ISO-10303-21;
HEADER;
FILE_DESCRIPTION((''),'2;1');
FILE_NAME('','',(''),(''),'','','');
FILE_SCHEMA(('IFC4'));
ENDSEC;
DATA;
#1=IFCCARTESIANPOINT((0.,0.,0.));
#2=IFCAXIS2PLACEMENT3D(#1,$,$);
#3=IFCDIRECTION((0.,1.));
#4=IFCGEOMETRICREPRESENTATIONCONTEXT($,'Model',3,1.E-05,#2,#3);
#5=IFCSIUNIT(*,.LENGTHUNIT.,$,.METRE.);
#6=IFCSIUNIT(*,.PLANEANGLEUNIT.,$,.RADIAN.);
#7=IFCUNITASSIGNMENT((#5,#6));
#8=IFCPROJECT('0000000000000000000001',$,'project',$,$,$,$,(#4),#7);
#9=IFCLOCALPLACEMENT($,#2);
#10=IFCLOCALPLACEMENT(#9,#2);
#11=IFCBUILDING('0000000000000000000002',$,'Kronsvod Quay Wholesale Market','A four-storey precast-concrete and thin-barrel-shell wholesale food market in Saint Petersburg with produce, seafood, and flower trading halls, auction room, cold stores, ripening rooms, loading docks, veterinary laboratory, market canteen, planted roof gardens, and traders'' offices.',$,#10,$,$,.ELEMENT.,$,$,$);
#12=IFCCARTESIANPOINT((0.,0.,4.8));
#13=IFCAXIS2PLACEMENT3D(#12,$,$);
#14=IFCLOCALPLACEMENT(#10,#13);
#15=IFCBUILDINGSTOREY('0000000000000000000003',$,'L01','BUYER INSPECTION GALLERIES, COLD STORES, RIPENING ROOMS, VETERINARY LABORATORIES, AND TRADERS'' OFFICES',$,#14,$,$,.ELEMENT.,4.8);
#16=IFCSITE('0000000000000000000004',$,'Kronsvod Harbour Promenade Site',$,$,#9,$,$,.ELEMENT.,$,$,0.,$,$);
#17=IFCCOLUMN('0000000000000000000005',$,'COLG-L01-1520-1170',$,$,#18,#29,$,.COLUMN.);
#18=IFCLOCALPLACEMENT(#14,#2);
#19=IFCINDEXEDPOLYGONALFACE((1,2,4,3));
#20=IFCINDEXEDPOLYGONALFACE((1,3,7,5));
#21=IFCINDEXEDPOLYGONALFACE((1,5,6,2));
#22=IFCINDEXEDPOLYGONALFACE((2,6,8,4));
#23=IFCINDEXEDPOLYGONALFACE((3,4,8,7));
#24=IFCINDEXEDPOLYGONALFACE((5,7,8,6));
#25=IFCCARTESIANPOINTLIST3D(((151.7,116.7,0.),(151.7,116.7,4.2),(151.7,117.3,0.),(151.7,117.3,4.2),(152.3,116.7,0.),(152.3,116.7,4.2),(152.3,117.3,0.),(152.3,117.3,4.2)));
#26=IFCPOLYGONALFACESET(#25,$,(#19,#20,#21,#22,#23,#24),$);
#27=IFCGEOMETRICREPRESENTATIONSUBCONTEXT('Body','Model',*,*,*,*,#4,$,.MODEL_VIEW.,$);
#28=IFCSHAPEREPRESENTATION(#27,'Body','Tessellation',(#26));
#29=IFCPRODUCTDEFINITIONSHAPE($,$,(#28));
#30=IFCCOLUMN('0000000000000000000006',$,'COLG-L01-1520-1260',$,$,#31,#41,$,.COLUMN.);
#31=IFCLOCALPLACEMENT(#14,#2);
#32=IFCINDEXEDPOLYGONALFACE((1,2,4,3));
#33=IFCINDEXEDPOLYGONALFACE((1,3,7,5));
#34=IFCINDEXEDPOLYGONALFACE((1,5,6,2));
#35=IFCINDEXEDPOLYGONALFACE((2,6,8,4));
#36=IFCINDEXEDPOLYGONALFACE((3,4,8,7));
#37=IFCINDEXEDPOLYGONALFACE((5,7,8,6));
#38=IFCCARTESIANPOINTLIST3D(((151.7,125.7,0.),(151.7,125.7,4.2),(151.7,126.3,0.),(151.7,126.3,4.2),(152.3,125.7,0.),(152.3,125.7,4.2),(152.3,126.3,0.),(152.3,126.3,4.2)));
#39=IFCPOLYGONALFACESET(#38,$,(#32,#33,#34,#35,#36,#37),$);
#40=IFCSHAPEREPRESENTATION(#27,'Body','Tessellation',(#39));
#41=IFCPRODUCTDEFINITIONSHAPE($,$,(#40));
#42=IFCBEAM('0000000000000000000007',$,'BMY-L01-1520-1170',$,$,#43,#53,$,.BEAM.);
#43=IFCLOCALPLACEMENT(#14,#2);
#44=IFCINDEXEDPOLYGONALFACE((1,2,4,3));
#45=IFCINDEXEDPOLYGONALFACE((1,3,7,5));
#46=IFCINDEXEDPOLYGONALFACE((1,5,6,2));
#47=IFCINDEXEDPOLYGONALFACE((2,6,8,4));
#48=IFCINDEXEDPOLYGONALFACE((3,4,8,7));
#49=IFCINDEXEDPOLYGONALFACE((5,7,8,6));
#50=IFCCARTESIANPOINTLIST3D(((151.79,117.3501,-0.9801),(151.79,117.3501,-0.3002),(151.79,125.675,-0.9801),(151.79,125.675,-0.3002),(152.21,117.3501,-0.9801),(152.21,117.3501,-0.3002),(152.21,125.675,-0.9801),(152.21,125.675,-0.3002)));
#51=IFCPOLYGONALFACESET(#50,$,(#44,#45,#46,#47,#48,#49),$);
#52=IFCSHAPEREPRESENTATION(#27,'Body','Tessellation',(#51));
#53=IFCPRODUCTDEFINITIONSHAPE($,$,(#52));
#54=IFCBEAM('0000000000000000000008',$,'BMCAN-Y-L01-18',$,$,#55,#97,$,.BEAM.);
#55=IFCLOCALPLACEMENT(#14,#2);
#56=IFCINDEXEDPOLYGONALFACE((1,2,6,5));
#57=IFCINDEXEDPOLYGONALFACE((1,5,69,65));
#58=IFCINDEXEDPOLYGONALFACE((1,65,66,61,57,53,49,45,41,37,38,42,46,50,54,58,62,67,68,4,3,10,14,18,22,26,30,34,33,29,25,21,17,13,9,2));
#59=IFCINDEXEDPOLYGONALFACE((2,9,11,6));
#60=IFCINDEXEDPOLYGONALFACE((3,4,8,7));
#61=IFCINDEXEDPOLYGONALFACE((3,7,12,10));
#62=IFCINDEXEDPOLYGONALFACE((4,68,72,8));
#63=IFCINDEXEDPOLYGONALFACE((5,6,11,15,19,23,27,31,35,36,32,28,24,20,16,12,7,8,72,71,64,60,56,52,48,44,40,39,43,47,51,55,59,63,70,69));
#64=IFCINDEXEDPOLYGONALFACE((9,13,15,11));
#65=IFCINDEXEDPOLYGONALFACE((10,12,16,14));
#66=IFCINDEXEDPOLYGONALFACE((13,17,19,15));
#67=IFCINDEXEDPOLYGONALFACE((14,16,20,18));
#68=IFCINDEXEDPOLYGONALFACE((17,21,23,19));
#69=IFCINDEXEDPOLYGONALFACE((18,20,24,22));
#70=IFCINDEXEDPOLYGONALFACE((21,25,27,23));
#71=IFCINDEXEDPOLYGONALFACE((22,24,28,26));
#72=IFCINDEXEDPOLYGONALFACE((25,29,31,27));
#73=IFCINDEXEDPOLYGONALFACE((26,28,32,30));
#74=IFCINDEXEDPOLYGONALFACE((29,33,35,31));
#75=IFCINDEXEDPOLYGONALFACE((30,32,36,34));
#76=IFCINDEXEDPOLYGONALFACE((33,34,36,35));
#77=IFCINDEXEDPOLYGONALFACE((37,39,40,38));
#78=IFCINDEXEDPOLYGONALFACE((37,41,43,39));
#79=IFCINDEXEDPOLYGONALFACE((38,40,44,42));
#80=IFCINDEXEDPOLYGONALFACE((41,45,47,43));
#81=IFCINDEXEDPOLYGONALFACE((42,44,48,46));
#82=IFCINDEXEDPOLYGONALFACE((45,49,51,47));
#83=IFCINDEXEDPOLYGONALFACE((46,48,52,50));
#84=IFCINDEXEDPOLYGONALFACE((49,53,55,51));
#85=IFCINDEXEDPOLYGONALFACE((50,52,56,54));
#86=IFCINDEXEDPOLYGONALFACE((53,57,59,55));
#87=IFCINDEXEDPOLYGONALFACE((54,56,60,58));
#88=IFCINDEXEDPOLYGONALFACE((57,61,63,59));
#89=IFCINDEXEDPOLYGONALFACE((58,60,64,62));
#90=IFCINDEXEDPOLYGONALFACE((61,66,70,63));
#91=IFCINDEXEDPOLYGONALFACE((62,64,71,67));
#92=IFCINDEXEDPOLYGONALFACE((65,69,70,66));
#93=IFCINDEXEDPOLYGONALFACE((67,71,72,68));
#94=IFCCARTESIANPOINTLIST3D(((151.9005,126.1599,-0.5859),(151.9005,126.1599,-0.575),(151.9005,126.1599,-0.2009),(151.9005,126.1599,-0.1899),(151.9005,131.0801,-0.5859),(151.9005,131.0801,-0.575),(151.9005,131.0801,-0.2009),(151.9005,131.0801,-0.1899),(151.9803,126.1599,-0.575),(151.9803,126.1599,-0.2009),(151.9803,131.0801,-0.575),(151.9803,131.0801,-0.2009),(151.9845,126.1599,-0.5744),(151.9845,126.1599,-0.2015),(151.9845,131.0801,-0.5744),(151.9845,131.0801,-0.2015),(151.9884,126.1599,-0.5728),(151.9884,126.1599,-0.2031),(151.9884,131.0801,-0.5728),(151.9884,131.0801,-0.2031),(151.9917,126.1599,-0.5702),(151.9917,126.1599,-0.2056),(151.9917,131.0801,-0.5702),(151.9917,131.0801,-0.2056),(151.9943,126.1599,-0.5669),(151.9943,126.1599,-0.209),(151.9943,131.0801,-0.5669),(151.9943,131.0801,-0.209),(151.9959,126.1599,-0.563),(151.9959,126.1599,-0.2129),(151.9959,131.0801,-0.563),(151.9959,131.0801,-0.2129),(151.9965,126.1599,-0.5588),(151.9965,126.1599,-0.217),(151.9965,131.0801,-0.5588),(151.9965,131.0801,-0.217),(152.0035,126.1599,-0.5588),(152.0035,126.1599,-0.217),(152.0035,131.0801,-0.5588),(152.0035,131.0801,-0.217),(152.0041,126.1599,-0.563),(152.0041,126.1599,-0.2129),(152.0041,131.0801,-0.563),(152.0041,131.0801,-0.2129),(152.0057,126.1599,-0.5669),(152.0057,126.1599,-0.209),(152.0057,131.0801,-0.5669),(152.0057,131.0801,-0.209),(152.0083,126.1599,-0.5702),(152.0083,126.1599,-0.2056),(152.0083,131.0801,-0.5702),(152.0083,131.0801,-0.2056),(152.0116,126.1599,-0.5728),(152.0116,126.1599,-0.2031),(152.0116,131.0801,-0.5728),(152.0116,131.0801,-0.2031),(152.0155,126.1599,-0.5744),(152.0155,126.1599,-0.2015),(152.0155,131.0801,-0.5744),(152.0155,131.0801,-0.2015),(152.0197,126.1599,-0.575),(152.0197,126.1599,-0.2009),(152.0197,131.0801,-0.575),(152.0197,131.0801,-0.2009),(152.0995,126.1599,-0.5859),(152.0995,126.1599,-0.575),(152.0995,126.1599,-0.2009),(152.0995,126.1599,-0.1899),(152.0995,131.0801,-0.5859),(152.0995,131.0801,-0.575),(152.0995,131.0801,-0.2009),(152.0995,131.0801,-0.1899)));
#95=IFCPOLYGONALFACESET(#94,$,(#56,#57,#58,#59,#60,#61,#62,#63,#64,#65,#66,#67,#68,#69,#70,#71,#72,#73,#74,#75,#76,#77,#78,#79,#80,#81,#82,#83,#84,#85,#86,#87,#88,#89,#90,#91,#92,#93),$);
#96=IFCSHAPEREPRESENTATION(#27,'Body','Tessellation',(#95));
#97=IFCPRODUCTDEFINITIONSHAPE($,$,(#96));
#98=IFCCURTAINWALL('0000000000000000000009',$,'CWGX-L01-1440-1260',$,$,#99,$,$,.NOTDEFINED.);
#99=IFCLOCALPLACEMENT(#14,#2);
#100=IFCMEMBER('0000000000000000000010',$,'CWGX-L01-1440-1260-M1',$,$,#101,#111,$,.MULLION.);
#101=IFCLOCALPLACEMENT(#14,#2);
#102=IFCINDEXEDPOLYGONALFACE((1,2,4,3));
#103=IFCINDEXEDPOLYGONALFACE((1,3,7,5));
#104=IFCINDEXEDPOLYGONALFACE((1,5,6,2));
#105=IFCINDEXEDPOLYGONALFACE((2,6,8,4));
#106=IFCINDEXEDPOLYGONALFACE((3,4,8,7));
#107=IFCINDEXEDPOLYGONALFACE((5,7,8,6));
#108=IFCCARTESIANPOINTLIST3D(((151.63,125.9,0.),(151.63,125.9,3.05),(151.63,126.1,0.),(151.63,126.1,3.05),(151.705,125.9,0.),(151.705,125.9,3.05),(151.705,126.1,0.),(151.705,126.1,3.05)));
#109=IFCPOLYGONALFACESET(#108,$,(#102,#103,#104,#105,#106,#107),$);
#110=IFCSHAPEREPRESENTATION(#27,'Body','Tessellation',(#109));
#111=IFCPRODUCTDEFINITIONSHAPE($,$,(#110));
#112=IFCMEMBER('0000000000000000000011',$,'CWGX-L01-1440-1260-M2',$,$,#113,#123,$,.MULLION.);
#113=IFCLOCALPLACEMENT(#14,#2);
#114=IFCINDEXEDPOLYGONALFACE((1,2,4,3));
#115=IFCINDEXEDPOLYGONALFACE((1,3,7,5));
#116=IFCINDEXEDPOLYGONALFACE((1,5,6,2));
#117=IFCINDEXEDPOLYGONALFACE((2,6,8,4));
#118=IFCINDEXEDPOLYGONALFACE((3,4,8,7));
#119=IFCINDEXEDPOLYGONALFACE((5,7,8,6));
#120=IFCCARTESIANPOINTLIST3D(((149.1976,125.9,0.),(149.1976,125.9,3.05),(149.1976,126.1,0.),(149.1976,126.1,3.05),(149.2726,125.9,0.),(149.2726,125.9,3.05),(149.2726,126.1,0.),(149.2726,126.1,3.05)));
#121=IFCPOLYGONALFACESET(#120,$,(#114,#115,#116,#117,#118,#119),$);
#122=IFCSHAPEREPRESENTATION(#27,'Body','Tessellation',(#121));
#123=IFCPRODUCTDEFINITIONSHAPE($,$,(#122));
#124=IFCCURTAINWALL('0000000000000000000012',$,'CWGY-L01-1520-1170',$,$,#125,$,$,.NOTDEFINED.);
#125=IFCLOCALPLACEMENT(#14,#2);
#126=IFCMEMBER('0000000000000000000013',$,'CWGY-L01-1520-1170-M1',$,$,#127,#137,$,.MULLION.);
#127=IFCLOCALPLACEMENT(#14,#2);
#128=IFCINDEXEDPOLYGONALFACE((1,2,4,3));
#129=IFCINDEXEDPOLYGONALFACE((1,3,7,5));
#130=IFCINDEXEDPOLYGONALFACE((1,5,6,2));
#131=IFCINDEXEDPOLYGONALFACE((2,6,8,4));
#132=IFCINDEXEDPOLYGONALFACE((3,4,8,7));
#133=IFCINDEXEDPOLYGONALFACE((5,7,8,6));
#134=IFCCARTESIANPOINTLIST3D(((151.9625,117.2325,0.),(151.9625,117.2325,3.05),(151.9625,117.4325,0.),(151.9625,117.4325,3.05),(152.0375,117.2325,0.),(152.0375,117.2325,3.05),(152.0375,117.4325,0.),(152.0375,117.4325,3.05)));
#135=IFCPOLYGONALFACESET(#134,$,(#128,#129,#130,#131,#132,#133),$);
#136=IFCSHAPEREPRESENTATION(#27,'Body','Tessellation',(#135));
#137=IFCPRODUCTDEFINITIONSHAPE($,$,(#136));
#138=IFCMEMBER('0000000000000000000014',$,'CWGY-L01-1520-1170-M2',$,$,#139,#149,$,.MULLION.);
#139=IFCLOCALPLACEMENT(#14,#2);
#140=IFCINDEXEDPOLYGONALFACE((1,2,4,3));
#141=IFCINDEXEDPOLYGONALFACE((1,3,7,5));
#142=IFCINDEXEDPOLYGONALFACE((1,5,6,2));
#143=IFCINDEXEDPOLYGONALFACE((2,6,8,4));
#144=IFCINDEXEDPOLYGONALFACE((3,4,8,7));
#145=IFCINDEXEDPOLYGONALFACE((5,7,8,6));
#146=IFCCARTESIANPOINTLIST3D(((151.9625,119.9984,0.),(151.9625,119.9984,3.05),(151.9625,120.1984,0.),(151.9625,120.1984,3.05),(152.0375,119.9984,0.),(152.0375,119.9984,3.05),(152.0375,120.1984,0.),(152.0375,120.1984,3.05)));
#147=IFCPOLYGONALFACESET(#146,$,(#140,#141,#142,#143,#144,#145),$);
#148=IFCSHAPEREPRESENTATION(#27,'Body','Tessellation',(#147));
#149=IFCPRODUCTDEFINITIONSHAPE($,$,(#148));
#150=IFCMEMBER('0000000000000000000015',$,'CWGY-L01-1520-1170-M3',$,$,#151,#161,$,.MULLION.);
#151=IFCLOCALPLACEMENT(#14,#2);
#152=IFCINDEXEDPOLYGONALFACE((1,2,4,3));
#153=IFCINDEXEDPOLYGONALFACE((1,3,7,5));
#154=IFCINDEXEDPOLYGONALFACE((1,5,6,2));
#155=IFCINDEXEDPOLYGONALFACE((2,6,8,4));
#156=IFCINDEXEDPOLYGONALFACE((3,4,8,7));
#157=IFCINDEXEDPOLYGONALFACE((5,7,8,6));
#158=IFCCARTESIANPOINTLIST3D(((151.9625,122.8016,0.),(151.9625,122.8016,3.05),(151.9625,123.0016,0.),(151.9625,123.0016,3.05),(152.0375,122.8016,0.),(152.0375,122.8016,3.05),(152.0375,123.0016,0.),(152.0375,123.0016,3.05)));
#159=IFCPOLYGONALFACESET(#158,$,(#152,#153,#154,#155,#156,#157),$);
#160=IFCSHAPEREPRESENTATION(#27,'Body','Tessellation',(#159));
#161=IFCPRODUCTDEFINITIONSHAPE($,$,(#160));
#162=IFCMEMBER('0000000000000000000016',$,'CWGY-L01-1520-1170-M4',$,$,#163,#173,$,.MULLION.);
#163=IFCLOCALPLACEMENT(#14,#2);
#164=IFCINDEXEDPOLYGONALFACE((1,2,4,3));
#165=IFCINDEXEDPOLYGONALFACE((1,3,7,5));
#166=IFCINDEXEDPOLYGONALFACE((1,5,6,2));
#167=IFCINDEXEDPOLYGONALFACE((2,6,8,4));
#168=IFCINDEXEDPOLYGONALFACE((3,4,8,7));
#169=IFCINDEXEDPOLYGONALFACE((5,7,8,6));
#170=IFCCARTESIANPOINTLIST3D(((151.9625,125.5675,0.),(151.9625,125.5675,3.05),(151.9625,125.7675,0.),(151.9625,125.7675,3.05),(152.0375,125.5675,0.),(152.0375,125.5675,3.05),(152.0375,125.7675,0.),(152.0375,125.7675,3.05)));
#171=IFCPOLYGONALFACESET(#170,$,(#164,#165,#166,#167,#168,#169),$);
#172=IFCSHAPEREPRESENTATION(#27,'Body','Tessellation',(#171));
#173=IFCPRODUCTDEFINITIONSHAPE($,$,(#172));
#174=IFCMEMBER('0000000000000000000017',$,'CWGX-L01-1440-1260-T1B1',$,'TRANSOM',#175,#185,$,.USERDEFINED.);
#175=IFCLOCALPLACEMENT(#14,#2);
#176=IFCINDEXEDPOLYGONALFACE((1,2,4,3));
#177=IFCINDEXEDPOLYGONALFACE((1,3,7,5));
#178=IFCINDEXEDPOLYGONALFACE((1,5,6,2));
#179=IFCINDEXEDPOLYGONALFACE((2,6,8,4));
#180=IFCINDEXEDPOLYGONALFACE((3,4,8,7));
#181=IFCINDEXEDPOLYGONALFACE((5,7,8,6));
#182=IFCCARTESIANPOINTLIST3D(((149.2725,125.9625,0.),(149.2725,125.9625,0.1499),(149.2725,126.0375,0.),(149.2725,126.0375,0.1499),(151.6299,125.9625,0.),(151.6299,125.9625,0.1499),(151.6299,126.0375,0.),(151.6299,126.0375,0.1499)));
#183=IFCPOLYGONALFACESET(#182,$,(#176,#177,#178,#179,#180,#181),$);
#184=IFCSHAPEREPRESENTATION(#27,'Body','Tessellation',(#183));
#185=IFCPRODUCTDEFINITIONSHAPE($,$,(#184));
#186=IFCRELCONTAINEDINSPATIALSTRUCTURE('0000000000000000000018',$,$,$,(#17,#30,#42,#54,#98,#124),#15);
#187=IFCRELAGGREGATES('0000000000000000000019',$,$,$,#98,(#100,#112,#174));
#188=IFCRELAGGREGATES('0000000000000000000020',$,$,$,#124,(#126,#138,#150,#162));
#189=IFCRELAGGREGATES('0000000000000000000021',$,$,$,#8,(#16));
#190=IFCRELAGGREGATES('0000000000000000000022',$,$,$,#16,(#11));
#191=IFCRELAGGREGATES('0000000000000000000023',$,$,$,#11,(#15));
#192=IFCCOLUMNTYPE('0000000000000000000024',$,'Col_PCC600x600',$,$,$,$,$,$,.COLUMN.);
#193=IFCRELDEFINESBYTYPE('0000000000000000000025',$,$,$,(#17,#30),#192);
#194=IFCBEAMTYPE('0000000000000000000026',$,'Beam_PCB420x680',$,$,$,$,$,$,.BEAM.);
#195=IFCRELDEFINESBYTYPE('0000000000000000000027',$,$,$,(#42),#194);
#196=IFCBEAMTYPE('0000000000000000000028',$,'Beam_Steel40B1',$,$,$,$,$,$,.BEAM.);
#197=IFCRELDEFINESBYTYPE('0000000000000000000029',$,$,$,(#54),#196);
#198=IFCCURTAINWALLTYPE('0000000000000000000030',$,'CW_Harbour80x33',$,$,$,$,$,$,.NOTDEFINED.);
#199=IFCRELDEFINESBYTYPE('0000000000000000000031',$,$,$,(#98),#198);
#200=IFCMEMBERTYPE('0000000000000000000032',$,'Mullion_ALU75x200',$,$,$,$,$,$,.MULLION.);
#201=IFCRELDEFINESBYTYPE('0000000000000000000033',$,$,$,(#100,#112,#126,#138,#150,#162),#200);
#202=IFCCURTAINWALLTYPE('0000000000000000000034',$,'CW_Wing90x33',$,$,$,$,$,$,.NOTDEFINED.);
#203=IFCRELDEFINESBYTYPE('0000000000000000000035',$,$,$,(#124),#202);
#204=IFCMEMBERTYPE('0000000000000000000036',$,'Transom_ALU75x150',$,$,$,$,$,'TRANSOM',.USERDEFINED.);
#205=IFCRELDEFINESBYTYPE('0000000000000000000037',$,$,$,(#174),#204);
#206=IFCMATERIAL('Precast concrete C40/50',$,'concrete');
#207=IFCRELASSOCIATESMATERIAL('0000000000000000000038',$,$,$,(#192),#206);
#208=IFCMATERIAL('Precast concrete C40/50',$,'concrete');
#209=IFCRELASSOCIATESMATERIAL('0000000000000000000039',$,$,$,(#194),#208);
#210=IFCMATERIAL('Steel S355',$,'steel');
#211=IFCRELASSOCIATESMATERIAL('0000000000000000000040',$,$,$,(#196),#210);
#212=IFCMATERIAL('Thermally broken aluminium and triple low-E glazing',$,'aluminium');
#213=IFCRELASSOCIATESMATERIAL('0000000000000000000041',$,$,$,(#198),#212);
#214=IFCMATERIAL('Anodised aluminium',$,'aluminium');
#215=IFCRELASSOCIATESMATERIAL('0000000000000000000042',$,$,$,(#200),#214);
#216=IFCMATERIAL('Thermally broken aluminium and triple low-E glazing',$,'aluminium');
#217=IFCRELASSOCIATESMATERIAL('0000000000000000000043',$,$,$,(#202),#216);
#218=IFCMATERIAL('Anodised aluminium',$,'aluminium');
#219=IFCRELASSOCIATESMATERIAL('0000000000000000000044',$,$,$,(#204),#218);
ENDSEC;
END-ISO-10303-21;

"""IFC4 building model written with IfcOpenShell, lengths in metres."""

from ifc_helpers import new_model, si_unit, direction, frame, origin, origin_2d, place, context, subcontext, project, spatial, rectangle, i_section, extrude, material, material_profile, profile_set, type_object, element, aggregate, save


model = new_model("IFC4")

# Units and contexts
model_context = context("Model", 3, precision=1e-05, world=origin(), true_north=direction((0.0, 1.0)))
body_context = subcontext(model_context, "Body", "Model", "MODEL_VIEW")
ifc_project = project(units=[si_unit("LENGTHUNIT", "METRE"), si_unit("PLANEANGLEUNIT", "RADIAN")], contexts=[model_context])

# Site, building, storey
site_placement = place(None, origin())
site = spatial("IfcSite", under=ifc_project, at=site_placement, Name="Kronsvod Harbour Promenade Site", CompositionType="ELEMENT", RefElevation=0.0)
building_placement = place(site_placement, origin())
building = spatial("IfcBuilding", under=site, at=building_placement, Name="Kronsvod Quay Wholesale Market", Description="A four-storey precast-concrete and thin-barrel-shell wholesale food market in Saint Petersburg with produce, seafood, and flower trading halls, auction room, cold stores, ripening rooms, loading docks, veterinary laboratory, market canteen, planted roof gardens, and traders' offices.", CompositionType="ELEMENT")
storey_placement = place(building_placement, frame((0.0, 0.0, 4.8)))
storey = spatial("IfcBuildingStorey", under=building, at=storey_placement, Name="L01", Description="BUYER INSPECTION GALLERIES, COLD STORES, RIPENING ROOMS, VETERINARY LABORATORIES, AND TRADERS' OFFICES", CompositionType="ELEMENT", Elevation=4.8)

# Columns
ifc_material_1 = material(Name="Precast concrete C40/50", Category="concrete")
ifc_material_profile_1 = material_profile(ifc_material_1, rectangle(XDim=0.6001, YDim=0.6001, at=origin_2d()), Name="PCC600x600")
ifc_profile_set_1 = profile_set([ifc_material_profile_1], Name="Precast concrete C40/50")
column_type = type_object("IfcColumnType", Name="Col_PCC600x600", PredefinedType="COLUMN", material=ifc_profile_set_1)
for number, where, z_axis, x_axis, name in (
    (1, (152.0, 117.0, 0.0), (0.0, 0.0, 1.0), (1.0, 0.0, 0.0), "COLG-L01-1520-1170"),
    (2, (152.0, 126.0, 0.0), (0.0, 0.0, 1.0), (1.0, 0.0, 0.0), "COLG-L01-1520-1260"),
):
    element("IfcColumn", number, at=place(storey_placement, frame(where, z_axis=z_axis, x_axis=x_axis)), inside=storey, type_object=column_type, Name=name, PredefinedType="COLUMN", context=body_context, shape_type="SweptSolid", body=[
        extrude(rectangle(XDim=0.6001, YDim=0.6001, at=origin_2d()), origin(), (0.0, 0.0, 1.0), 4.2),
    ])

# Beams
ifc_material_2 = material(Name="Precast concrete C40/50", Category="concrete")
ifc_material_profile_2 = material_profile(ifc_material_2, rectangle(XDim=0.4199, YDim=0.6799, at=origin_2d()), Name="PB-05")
ifc_profile_set_2 = profile_set([ifc_material_profile_2], Name="Precast concrete C40/50")
beam_type_1 = type_object("IfcBeamType", Name="Beam_PCB420x680", PredefinedType="BEAM", material=ifc_profile_set_2)
beam_1_placement = place(storey_placement, frame((152.0, 117.3501, -0.6401), z_axis=(0.0, 1.0, 0.0), x_axis=(-1.0, 0.0, 0.0)))
element("IfcBeam", 3, at=beam_1_placement, inside=storey, type_object=beam_type_1, Name="BMY-L01-1520-1170", PredefinedType="BEAM", context=body_context, shape_type="SweptSolid", body=[
    extrude(rectangle(XDim=0.4199, YDim=0.6799, at=origin_2d()), origin(), (0.0, 0.0, 1.0), 8.325),
])
ifc_material_3 = material(Name="Steel S355", Category="steel")
ifc_material_profile_3 = material_profile(ifc_material_3, i_section(OverallWidth=0.199, OverallDepth=0.396, WebThickness=0.0071, FlangeThickness=0.011, FilletRadius=0.0161, at=origin_2d()), Name="40B1")
ifc_profile_set_3 = profile_set([ifc_material_profile_3], Name="Steel S355")
beam_type_2 = type_object("IfcBeamType", Name="Beam_Steel40B1", PredefinedType="BEAM", material=ifc_profile_set_3)
beam_2_placement = place(storey_placement, frame((152.0, 126.1599, -0.3879), z_axis=(0.0, 1.0, 0.0), x_axis=(-1.0, 0.0, 0.0)))
element("IfcBeam", 4, at=beam_2_placement, inside=storey, type_object=beam_type_2, Name="BMCAN-Y-L01-18", PredefinedType="BEAM", context=body_context, shape_type="SweptSolid", body=[
    extrude(i_section(OverallWidth=0.199, OverallDepth=0.396, WebThickness=0.0071, FlangeThickness=0.011, FilletRadius=0.0161, at=origin_2d()), origin(), (0.0, 0.0, 1.0), 4.9202),
])

# Curtain walls, members
ifc_material_4 = material(Name="Thermally broken aluminium and triple low-E glazing", Category="aluminium")
curtain_wall_type_1 = type_object("IfcCurtainWallType", Name="CW_Harbour80x33", PredefinedType="NOTDEFINED", material=ifc_material_4)
curtain_wall_1_placement = place(storey_placement, origin())
curtain_wall_1 = element("IfcCurtainWall", 5, at=curtain_wall_1_placement, inside=storey, type_object=curtain_wall_type_1, Name="CWGX-L01-1440-1260", PredefinedType="NOTDEFINED")
ifc_material_5 = material(Name="Anodised aluminium", Category="aluminium")
ifc_material_profile_4 = material_profile(ifc_material_5, rectangle(XDim=0.075, YDim=0.2, at=origin_2d()), Name="ALUM75x200")
ifc_profile_set_4 = profile_set([ifc_material_profile_4], Name="Anodised aluminium")
member_type_1 = type_object("IfcMemberType", Name="Mullion_ALU75x200", PredefinedType="MULLION", material=ifc_profile_set_4)
member_1_placement = place(storey_placement, frame((151.6675, 126.0, 0.0), z_axis=(0.0, 0.0, 1.0), x_axis=(1.0, 0.0, 0.0)))
member_1 = element("IfcMember", 6, at=member_1_placement, type_object=member_type_1, Name="CWGX-L01-1440-1260-M1", PredefinedType="MULLION", context=body_context, shape_type="SweptSolid", body=[
    extrude(rectangle(XDim=0.075, YDim=0.2, at=origin_2d()), origin(), (0.0, 0.0, 1.0), 3.05),
])
member_2_placement = place(storey_placement, frame((149.2351, 126.0, 0.0), z_axis=(0.0, 0.0, 1.0), x_axis=(1.0, 0.0, 0.0)))
member_2 = element("IfcMember", 7, at=member_2_placement, type_object=member_type_1, Name="CWGX-L01-1440-1260-M2", PredefinedType="MULLION", context=body_context, shape_type="SweptSolid", body=[
    extrude(rectangle(XDim=0.075, YDim=0.2, at=origin_2d()), origin(), (0.0, 0.0, 1.0), 3.05),
])
ifc_material_6 = material(Name="Thermally broken aluminium and triple low-E glazing", Category="aluminium")
curtain_wall_type_2 = type_object("IfcCurtainWallType", Name="CW_Wing90x33", PredefinedType="NOTDEFINED", material=ifc_material_6)
curtain_wall_2_placement = place(storey_placement, origin())
curtain_wall_2 = element("IfcCurtainWall", 8, at=curtain_wall_2_placement, inside=storey, type_object=curtain_wall_type_2, Name="CWGY-L01-1520-1170", PredefinedType="NOTDEFINED")
member_3_placement = place(storey_placement, frame((152.0, 117.3325, 0.0), z_axis=(0.0, 0.0, 1.0), x_axis=(1.0, 0.0, 0.0)))
member_3 = element("IfcMember", 9, at=member_3_placement, type_object=member_type_1, Name="CWGY-L01-1520-1170-M1", PredefinedType="MULLION", context=body_context, shape_type="SweptSolid", body=[
    extrude(rectangle(XDim=0.075, YDim=0.2, at=origin_2d()), origin(), (0.0, 0.0, 1.0), 3.05),
])
member_4_placement = place(storey_placement, frame((152.0, 120.0984, 0.0), z_axis=(0.0, 0.0, 1.0), x_axis=(1.0, 0.0, 0.0)))
member_4 = element("IfcMember", 10, at=member_4_placement, type_object=member_type_1, Name="CWGY-L01-1520-1170-M2", PredefinedType="MULLION", context=body_context, shape_type="SweptSolid", body=[
    extrude(rectangle(XDim=0.075, YDim=0.2, at=origin_2d()), origin(), (0.0, 0.0, 1.0), 3.05),
])
member_5_placement = place(storey_placement, frame((152.0, 122.9016, 0.0), z_axis=(0.0, 0.0, 1.0), x_axis=(1.0, 0.0, 0.0)))
member_5 = element("IfcMember", 11, at=member_5_placement, type_object=member_type_1, Name="CWGY-L01-1520-1170-M3", PredefinedType="MULLION", context=body_context, shape_type="SweptSolid", body=[
    extrude(rectangle(XDim=0.075, YDim=0.2, at=origin_2d()), origin(), (0.0, 0.0, 1.0), 3.05),
])
member_6_placement = place(storey_placement, frame((152.0, 125.6675, 0.0), z_axis=(0.0, 0.0, 1.0), x_axis=(1.0, 0.0, 0.0)))
member_6 = element("IfcMember", 12, at=member_6_placement, type_object=member_type_1, Name="CWGY-L01-1520-1170-M4", PredefinedType="MULLION", context=body_context, shape_type="SweptSolid", body=[
    extrude(rectangle(XDim=0.075, YDim=0.2, at=origin_2d()), origin(), (0.0, 0.0, 1.0), 3.05),
])

# Member
ifc_material_7 = material(Name="Anodised aluminium", Category="aluminium")
ifc_material_profile_5 = material_profile(ifc_material_7, rectangle(XDim=0.075, YDim=0.1499, at=origin_2d()), Name="ALUT75x150")
ifc_profile_set_5 = profile_set([ifc_material_profile_5], Name="Anodised aluminium")
member_type_2 = type_object("IfcMemberType", Name="Transom_ALU75x150", ElementType="TRANSOM", PredefinedType="USERDEFINED", material=ifc_profile_set_5)
member_7_placement = place(storey_placement, frame((151.6299, 126.0, 0.075), z_axis=(-1.0, 0.0, 0.0), x_axis=(0.0, -1.0, 0.0)))
member_7 = element("IfcMember", 13, at=member_7_placement, type_object=member_type_2, Name="CWGX-L01-1440-1260-T1B1", ObjectType="TRANSOM", PredefinedType="USERDEFINED", context=body_context, shape_type="SweptSolid", body=[
    extrude(rectangle(XDim=0.075, YDim=0.1499, at=origin_2d()), origin(), (0.0, 0.0, 1.0), 2.3574),
])

aggregate(curtain_wall_1, [member_1, member_2, member_7])
aggregate(curtain_wall_2, [member_3, member_4, member_5, member_6])

save(model, "model.ifc")
